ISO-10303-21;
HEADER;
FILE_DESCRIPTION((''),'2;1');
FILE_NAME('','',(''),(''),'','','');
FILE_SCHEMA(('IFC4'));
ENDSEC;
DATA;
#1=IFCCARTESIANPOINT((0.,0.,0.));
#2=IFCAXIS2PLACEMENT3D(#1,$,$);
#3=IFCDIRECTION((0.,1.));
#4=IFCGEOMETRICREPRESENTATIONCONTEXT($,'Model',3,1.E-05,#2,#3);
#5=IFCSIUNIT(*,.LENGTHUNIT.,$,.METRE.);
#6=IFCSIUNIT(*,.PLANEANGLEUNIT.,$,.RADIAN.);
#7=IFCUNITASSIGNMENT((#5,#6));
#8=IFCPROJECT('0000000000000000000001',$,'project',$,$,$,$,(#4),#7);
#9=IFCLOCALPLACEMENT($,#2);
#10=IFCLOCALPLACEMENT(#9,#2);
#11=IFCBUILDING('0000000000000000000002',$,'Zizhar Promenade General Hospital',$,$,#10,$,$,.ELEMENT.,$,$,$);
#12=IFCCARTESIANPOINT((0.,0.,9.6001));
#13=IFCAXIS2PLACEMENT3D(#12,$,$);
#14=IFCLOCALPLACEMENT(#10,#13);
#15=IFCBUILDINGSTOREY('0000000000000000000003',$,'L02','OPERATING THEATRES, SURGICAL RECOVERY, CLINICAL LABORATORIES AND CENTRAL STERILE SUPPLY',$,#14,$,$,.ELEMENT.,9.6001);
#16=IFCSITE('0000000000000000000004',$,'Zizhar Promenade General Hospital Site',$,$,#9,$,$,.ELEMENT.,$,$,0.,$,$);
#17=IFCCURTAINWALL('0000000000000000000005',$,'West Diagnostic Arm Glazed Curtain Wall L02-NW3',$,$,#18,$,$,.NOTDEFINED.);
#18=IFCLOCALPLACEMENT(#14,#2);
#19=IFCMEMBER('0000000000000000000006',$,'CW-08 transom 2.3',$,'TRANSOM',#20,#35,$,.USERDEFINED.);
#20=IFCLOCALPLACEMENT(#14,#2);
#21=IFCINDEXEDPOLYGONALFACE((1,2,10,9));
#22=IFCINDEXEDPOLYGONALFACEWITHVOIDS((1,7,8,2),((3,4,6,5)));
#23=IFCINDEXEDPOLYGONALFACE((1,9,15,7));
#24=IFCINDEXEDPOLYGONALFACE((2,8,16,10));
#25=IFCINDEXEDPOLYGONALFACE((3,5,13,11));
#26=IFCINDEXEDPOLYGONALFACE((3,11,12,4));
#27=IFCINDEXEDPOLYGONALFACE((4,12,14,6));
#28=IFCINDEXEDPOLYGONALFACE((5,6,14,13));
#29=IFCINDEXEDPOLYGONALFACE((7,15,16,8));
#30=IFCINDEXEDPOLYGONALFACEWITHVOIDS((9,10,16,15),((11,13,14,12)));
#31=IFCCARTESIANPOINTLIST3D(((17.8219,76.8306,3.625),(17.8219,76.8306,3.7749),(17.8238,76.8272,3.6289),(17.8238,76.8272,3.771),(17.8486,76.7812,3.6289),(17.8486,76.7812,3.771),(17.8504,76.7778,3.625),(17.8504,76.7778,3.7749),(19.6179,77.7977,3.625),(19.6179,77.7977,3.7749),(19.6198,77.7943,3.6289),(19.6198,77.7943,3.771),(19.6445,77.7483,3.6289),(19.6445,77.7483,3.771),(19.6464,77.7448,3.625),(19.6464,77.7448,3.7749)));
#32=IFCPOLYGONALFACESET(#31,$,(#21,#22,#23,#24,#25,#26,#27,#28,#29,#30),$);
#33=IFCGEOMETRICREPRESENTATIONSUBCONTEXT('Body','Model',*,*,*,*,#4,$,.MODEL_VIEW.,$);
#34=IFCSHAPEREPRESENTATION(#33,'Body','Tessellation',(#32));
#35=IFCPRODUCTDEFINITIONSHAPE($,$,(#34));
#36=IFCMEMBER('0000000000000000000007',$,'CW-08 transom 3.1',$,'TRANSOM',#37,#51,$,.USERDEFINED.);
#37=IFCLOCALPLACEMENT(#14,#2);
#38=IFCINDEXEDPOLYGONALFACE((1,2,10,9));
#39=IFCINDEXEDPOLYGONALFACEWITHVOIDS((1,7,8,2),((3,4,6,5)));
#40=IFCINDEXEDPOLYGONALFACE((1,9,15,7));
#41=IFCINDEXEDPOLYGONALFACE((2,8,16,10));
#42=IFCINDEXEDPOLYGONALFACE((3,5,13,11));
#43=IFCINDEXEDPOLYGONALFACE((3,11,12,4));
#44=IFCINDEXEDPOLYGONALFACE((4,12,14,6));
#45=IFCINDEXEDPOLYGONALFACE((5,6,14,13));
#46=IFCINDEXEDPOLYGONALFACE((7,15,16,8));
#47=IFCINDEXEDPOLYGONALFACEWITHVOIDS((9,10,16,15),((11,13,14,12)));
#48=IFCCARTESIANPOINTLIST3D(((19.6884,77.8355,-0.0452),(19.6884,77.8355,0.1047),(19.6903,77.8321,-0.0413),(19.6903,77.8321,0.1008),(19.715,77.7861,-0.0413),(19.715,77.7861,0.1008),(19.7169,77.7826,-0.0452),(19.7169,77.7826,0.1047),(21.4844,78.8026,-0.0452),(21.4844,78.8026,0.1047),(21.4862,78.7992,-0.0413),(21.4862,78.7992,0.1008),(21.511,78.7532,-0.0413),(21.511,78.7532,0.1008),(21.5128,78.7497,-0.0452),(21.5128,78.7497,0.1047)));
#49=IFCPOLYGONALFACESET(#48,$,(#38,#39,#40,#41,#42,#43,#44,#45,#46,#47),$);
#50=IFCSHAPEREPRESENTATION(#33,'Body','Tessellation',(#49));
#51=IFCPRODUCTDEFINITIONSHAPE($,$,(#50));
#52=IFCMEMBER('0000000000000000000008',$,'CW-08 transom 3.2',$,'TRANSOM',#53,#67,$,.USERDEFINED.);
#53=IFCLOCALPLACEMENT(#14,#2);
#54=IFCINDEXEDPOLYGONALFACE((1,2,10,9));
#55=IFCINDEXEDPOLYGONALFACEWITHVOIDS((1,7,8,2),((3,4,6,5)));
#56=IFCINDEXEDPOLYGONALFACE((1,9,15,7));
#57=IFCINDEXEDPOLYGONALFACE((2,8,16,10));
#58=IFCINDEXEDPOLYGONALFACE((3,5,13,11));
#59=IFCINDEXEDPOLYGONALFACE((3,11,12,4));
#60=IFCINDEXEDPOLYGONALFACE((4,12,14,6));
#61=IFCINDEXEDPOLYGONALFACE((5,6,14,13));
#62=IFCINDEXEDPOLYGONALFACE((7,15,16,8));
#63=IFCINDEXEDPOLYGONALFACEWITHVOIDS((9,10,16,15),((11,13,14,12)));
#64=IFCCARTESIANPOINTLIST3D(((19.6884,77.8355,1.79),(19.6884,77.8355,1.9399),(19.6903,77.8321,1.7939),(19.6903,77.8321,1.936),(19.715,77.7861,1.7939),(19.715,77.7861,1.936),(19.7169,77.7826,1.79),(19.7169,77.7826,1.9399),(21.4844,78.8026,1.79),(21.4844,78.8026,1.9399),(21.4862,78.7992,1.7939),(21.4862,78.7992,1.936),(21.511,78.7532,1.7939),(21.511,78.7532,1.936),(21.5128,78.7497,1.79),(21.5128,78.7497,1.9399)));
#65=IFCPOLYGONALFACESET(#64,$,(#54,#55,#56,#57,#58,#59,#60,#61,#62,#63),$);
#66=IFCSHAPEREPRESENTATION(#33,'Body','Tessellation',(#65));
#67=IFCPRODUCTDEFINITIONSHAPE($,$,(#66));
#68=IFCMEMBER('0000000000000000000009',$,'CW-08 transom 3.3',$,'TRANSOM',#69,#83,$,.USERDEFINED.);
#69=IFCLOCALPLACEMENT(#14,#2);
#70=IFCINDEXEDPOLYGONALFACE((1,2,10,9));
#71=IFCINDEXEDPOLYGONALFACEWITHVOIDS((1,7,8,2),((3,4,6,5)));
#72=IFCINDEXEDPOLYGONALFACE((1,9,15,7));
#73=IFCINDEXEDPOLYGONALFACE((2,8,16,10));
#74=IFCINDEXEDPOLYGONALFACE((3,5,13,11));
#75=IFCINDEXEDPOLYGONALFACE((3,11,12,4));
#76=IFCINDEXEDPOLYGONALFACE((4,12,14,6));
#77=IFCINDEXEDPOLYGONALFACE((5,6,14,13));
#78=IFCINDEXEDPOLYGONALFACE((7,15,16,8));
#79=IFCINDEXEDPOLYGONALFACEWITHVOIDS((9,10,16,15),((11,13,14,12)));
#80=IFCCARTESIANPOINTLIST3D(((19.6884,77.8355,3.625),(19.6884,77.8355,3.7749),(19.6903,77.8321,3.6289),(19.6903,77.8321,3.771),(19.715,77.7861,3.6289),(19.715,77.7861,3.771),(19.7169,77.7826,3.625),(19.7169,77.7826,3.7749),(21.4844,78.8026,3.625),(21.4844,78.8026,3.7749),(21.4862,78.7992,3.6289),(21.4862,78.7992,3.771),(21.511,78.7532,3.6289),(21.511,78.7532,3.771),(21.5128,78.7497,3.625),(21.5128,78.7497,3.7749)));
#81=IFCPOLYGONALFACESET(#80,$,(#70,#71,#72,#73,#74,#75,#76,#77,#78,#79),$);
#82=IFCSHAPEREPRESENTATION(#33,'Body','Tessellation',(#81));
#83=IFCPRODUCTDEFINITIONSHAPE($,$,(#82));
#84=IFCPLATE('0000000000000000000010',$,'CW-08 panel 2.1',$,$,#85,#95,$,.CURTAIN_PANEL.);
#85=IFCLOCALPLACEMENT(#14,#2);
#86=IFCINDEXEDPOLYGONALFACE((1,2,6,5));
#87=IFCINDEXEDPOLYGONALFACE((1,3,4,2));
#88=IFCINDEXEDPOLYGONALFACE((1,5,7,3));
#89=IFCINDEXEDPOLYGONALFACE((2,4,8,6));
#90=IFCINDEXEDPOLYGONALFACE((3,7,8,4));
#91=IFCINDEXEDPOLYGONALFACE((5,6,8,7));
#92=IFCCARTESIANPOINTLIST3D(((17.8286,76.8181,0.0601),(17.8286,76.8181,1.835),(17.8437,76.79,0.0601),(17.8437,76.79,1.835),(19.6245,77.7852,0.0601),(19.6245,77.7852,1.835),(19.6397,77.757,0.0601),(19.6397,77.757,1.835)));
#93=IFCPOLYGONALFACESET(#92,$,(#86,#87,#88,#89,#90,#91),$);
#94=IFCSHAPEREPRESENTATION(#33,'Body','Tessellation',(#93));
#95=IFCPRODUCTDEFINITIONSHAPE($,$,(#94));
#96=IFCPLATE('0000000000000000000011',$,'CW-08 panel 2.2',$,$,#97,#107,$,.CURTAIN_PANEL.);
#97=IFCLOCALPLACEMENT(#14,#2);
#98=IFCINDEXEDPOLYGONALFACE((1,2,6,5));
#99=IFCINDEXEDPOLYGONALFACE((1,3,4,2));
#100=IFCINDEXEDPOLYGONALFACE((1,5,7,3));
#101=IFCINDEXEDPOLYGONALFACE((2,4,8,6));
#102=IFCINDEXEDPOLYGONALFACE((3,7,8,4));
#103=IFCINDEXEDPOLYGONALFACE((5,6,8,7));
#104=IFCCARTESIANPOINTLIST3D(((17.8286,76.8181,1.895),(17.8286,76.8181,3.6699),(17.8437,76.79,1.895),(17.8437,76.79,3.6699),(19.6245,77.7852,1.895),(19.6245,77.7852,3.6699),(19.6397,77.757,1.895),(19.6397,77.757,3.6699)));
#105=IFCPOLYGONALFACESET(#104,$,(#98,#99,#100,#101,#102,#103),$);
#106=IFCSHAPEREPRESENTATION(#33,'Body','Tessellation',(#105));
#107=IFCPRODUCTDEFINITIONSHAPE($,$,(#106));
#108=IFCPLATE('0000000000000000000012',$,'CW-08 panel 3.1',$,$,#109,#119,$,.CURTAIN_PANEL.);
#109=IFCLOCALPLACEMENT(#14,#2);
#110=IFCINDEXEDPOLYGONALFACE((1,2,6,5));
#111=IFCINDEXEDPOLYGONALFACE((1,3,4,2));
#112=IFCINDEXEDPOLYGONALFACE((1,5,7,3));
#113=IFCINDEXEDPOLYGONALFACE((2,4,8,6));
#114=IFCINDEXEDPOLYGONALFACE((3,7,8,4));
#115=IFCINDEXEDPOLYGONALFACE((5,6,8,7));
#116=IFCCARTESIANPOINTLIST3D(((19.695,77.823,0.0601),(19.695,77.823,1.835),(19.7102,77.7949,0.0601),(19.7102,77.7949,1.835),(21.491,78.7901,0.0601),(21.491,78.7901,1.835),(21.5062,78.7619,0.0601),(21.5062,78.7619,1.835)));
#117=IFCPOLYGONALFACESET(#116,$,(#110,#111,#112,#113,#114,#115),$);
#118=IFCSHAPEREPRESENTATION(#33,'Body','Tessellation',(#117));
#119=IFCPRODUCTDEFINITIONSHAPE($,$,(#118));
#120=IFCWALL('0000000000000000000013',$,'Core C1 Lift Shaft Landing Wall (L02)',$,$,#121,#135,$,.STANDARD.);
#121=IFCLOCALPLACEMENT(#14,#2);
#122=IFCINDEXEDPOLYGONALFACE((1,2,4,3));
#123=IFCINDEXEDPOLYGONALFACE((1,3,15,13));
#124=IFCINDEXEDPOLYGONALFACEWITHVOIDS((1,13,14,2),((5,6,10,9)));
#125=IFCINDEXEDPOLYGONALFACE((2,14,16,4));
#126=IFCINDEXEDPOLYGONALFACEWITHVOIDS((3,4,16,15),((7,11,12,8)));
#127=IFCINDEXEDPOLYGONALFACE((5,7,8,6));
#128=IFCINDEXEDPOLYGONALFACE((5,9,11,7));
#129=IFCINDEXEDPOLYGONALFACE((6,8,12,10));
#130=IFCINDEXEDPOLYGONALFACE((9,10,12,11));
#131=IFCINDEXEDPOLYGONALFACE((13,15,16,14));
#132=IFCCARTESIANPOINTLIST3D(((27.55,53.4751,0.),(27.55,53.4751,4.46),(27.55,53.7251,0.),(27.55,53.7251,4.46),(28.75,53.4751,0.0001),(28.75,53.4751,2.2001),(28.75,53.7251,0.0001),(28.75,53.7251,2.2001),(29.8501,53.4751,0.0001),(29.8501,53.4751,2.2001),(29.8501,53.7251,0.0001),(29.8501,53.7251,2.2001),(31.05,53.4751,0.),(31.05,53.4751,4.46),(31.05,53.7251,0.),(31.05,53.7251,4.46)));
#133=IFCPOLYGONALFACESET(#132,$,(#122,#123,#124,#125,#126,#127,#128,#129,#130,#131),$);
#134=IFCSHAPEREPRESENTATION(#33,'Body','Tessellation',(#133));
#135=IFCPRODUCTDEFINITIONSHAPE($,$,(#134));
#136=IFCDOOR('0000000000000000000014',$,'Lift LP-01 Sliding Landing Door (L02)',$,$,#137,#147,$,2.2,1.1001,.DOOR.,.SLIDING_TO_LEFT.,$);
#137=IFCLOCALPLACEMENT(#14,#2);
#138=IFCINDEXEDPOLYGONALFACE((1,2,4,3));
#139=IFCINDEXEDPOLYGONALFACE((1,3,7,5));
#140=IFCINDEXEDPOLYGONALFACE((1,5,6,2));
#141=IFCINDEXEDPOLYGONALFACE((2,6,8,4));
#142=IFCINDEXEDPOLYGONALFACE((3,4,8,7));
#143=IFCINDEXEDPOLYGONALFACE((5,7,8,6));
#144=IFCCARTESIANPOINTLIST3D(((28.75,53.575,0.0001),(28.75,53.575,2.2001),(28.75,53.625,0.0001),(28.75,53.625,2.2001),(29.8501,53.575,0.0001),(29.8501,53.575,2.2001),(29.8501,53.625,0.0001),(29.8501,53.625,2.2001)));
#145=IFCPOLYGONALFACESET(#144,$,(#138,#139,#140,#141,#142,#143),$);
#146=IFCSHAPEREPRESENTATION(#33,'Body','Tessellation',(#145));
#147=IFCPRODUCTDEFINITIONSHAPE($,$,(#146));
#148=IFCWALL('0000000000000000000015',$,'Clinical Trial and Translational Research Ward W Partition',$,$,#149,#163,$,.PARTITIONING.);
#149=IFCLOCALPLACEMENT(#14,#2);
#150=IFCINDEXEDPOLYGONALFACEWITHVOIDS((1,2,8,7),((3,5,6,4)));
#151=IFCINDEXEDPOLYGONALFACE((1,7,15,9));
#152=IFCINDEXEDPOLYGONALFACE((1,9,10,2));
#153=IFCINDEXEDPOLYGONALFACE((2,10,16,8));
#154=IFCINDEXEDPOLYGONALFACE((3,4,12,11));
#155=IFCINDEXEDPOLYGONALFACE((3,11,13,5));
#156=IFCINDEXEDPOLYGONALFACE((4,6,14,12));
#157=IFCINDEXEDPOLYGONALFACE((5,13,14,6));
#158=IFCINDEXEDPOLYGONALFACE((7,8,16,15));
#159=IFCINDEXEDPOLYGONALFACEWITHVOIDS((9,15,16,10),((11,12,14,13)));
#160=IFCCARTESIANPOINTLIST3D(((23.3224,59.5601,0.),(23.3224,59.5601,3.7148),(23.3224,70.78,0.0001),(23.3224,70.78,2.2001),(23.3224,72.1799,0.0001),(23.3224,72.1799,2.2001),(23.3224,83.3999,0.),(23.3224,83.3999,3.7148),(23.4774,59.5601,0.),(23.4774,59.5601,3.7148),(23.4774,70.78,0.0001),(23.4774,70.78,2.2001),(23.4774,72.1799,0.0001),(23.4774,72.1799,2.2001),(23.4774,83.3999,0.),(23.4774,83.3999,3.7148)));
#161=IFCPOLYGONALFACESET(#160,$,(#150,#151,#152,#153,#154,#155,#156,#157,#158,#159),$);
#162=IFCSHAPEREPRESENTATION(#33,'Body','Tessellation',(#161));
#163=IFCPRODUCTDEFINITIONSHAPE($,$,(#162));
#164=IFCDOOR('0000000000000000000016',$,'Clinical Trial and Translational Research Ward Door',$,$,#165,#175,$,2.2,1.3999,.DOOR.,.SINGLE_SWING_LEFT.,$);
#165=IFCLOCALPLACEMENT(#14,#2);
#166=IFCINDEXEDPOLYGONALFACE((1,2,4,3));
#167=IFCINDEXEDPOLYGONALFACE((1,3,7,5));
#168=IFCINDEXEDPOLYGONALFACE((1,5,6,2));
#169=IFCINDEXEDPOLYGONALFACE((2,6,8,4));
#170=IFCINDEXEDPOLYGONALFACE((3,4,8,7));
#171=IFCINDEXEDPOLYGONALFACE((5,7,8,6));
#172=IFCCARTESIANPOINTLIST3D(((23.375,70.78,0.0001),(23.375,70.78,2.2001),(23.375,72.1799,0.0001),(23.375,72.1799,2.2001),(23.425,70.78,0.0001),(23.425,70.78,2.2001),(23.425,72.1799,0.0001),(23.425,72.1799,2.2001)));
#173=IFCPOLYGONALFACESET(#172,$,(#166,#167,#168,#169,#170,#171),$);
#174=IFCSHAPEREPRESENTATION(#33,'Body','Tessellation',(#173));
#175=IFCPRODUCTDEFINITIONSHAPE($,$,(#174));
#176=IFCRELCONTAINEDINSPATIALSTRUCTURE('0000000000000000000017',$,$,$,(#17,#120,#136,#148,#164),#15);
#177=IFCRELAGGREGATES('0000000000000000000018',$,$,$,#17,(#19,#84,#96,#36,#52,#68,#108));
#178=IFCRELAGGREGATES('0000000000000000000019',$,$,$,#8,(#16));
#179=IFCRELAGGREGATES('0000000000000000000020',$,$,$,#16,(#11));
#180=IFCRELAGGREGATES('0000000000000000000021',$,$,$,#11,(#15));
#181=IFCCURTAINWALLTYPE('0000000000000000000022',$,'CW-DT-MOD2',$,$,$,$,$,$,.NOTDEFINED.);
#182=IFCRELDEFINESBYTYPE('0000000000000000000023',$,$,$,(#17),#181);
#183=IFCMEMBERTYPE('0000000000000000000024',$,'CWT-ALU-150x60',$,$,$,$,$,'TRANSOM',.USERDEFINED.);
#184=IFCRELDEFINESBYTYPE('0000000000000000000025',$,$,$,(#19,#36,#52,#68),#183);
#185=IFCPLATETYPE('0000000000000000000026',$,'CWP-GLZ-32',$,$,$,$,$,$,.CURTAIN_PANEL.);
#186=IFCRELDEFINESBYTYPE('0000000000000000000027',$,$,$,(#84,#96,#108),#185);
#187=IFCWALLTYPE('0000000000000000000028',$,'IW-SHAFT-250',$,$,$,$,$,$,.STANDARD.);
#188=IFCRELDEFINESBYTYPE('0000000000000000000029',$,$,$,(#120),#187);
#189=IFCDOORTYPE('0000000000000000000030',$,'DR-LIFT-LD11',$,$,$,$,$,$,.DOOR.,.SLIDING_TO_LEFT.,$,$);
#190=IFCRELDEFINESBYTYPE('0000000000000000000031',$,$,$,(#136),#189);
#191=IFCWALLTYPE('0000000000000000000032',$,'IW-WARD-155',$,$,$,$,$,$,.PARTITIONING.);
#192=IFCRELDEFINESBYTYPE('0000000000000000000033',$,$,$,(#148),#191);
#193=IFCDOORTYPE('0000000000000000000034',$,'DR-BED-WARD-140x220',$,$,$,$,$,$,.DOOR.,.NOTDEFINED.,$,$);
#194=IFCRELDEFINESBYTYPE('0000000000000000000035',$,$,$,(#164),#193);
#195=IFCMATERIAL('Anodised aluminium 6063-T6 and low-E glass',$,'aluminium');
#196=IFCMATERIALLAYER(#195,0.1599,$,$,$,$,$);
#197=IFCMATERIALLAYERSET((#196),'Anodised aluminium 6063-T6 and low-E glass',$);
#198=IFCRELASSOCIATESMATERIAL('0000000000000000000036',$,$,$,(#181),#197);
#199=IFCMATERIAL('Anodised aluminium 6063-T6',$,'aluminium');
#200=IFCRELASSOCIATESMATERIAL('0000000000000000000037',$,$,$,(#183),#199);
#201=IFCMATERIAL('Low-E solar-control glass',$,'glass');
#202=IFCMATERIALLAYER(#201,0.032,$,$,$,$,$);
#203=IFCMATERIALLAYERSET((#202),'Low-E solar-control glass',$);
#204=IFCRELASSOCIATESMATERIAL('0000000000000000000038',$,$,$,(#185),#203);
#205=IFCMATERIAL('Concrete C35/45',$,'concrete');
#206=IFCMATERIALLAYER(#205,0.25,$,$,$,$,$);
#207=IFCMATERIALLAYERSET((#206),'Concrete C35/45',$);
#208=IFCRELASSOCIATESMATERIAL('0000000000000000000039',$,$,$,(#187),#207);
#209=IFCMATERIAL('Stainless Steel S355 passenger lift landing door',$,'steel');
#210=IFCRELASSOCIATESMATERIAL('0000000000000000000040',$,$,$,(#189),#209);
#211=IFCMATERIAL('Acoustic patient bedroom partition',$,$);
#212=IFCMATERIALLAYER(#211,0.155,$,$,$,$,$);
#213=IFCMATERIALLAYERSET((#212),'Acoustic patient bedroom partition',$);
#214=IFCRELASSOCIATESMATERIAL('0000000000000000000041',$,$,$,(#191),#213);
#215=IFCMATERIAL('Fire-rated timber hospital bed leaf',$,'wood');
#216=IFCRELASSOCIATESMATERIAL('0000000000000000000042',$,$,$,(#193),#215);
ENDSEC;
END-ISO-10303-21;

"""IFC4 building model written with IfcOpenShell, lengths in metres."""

from ifc_helpers import new_model, si_unit, direction, frame, frame_2d, origin, origin_2d, place, context, subcontext, project, spatial, rectangle, hollow_rectangle, extrude, material, layer, layer_set, material_profile, profile_set, type_object, element, fill, aggregate, save


model = new_model("IFC4")

# Units and contexts
model_context = context("Model", 3, precision=1e-05, world=origin(), true_north=direction((0.0, 1.0)))
body_context = subcontext(model_context, "Body", "Model", "MODEL_VIEW")
ifc_project = project(units=[si_unit("LENGTHUNIT", "METRE"), si_unit("PLANEANGLEUNIT", "RADIAN")], contexts=[model_context])

# Site, building, storey
site_placement = place(None, origin())
site = spatial("IfcSite", under=ifc_project, at=site_placement, Name="Zizhar Promenade General Hospital Site", CompositionType="ELEMENT", RefElevation=0.0)
building_placement = place(site_placement, origin())
building = spatial("IfcBuilding", under=site, at=building_placement, Name="Zizhar Promenade General Hospital", CompositionType="ELEMENT")
storey_placement = place(building_placement, frame((0.0, 0.0, 9.6001)))
storey = spatial("IfcBuildingStorey", under=building, at=storey_placement, Name="L02", Description="OPERATING THEATRES, SURGICAL RECOVERY, CLINICAL LABORATORIES AND CENTRAL STERILE SUPPLY", CompositionType="ELEMENT", Elevation=9.6001)

# Curtain wall, members, plates
ifc_material_1 = material(Name="Anodised aluminium 6063-T6 and low-E glass", Category="aluminium")
ifc_layer_1 = layer(ifc_material_1, 0.1599)
ifc_layer_set_1 = layer_set([ifc_layer_1], Name="Anodised aluminium 6063-T6 and low-E glass")
curtain_wall_type = type_object("IfcCurtainWallType", Name="CW-DT-MOD2", PredefinedType="NOTDEFINED", material=ifc_layer_set_1)
curtain_wall_placement = place(storey_placement, origin())
curtain_wall = element("IfcCurtainWall", 1, at=curtain_wall_placement, inside=storey, type_object=curtain_wall_type, Name="West Diagnostic Arm Glazed Curtain Wall L02-NW3", PredefinedType="NOTDEFINED")
ifc_material_2 = material(Name="Anodised aluminium 6063-T6", Category="aluminium")
ifc_material_profile_1 = material_profile(ifc_material_2, hollow_rectangle(XDim=0.0601, YDim=0.1499, WallThickness=0.0039, at=origin_2d()))
ifc_profile_set_1 = profile_set([ifc_material_profile_1], Name="Anodised aluminium 6063-T6")
member_type_1 = type_object("IfcMemberType", Name="CWT-ALU-150x60", ElementType="TRANSOM", PredefinedType="USERDEFINED", material=ifc_profile_set_1)
member_1_placement = place(storey_placement, frame((17.8362, 76.8042, 3.7), z_axis=(0.880467, 0.474107, 0.0), x_axis=(-0.474107, 0.880467, 0.0)))
member_1 = element("IfcMember", 2, at=member_1_placement, type_object=member_type_1, Name="CW-08 transom 2.3", ObjectType="TRANSOM", PredefinedType="USERDEFINED", context=body_context, shape_type="SweptSolid", body=[
    extrude(hollow_rectangle(XDim=0.0601, YDim=0.1499, WallThickness=0.0039, at=origin_2d()), origin(), (0.0, 0.0, 1.0), 2.0398),
])
member_2_placement = place(storey_placement, frame((19.7026, 77.8091, 0.0298), z_axis=(0.880467, 0.474107, 0.0), x_axis=(-0.474107, 0.880467, 0.0)))
member_2 = element("IfcMember", 3, at=member_2_placement, type_object=member_type_1, Name="CW-08 transom 3.1", ObjectType="TRANSOM", PredefinedType="USERDEFINED", context=body_context, shape_type="SweptSolid", body=[
    extrude(hollow_rectangle(XDim=0.0601, YDim=0.1499, WallThickness=0.0039, at=origin_2d()), origin(), (0.0, 0.0, 1.0), 2.0398),
])
member_3_placement = place(storey_placement, frame((19.7026, 77.8091, 1.865), z_axis=(0.880467, 0.474107, 0.0), x_axis=(-0.474107, 0.880467, 0.0)))
member_3 = element("IfcMember", 4, at=member_3_placement, type_object=member_type_1, Name="CW-08 transom 3.2", ObjectType="TRANSOM", PredefinedType="USERDEFINED", context=body_context, shape_type="SweptSolid", body=[
    extrude(hollow_rectangle(XDim=0.0601, YDim=0.1499, WallThickness=0.0039, at=origin_2d()), origin(), (0.0, 0.0, 1.0), 2.0398),
])
member_4_placement = place(storey_placement, frame((19.7026, 77.8091, 3.7), z_axis=(0.880467, 0.474107, 0.0), x_axis=(-0.474107, 0.880467, 0.0)))
member_4 = element("IfcMember", 5, at=member_4_placement, type_object=member_type_1, Name="CW-08 transom 3.3", ObjectType="TRANSOM", PredefinedType="USERDEFINED", context=body_context, shape_type="SweptSolid", body=[
    extrude(hollow_rectangle(XDim=0.0601, YDim=0.1499, WallThickness=0.0039, at=origin_2d()), origin(), (0.0, 0.0, 1.0), 2.0398),
])
ifc_material_3 = material(Name="Low-E solar-control glass", Category="glass")
ifc_layer_2 = layer(ifc_material_3, 0.032)
ifc_layer_set_2 = layer_set([ifc_layer_2], Name="Low-E solar-control glass")
plate_type = type_object("IfcPlateType", Name="CWP-GLZ-32", PredefinedType="CURTAIN_PANEL", material=ifc_layer_set_2)
plate_1_placement = place(storey_placement, frame((18.7341, 77.2876, 0.0601), z_axis=(0.0, 0.0, 1.0), x_axis=(0.880473, 0.474097, 0.0)))
plate_1 = element("IfcPlate", 6, at=plate_1_placement, type_object=plate_type, Name="CW-08 panel 2.1", PredefinedType="CURTAIN_PANEL", context=body_context, shape_type="SweptSolid", body=[
    extrude(rectangle(XDim=2.0398, YDim=0.032, at=origin_2d()), origin(), (0.0, 0.0, 1.0), 1.7749),
])
plate_2_placement = place(storey_placement, frame((18.7341, 77.2876, 1.895), z_axis=(0.0, 0.0, 1.0), x_axis=(0.880473, 0.474097, 0.0)))
plate_2 = element("IfcPlate", 7, at=plate_2_placement, type_object=plate_type, Name="CW-08 panel 2.2", PredefinedType="CURTAIN_PANEL", context=body_context, shape_type="SweptSolid", body=[
    extrude(rectangle(XDim=2.0398, YDim=0.032, at=origin_2d()), origin(), (0.0, 0.0, 1.0), 1.7749),
])
plate_3_placement = place(storey_placement, frame((20.6006, 78.2925, 0.0601), z_axis=(0.0, 0.0, 1.0), x_axis=(0.880473, 0.474097, 0.0)))
plate_3 = element("IfcPlate", 8, at=plate_3_placement, type_object=plate_type, Name="CW-08 panel 3.1", PredefinedType="CURTAIN_PANEL", context=body_context, shape_type="SweptSolid", body=[
    extrude(rectangle(XDim=2.0398, YDim=0.032, at=origin_2d()), origin(), (0.0, 0.0, 1.0), 1.7749),
])
aggregate(curtain_wall, [member_1, plate_1, plate_2, member_2, member_3, member_4, plate_3])

# Walls, openings, doors
ifc_material_4 = material(Name="Concrete C35/45", Category="concrete")
ifc_layer_3 = layer(ifc_material_4, 0.25)
ifc_layer_set_3 = layer_set([ifc_layer_3], Name="Concrete C35/45")
wall_type_1 = type_object("IfcWallType", Name="IW-SHAFT-250", PredefinedType="STANDARD", material=ifc_layer_set_3)
wall_1_placement = place(storey_placement, frame((27.55, 53.6001, 0.0), z_axis=(0.0, 0.0, 1.0), x_axis=(1.0, 0.0, 0.0)))
wall_1 = element("IfcWall", 9, at=wall_1_placement, inside=storey, type_object=wall_type_1, Name="Core C1 Lift Shaft Landing Wall (L02)", PredefinedType="STANDARD", context=body_context, shape_type="SweptSolid", body=[
    extrude(rectangle(XDim=3.5, YDim=0.25, at=frame_2d((1.75, 0.0))), origin(), (0.0, 0.0, 1.0), 4.46),
])
opening_1_placement = place(wall_1_placement, frame((1.2, 0.0, 0.0)))
opening_1 = element("IfcOpeningElement", 10, at=opening_1_placement, cuts=wall_1, PredefinedType="OPENING", context=body_context, shape_type="SweptSolid", body=[
    extrude(rectangle(XDim=1.1001, YDim=2.2, at=frame_2d((0.55, 1.1001))), frame((0.0, 0.135, 0.0), z_axis=(0.0, -1.0, 0.0), x_axis=(1.0, 0.0, 0.0)), (0.0, 0.0, 1.0), 0.27),
])
ifc_material_5 = material(Name="Stainless Steel S355 passenger lift landing door", Category="steel")
door_type_1 = type_object("IfcDoorType", Name="DR-LIFT-LD11", OperationType="SLIDING_TO_LEFT", PredefinedType="DOOR", material=ifc_material_5)
door_1_placement = place(opening_1_placement, origin())
door_1 = element("IfcDoor", 11, at=door_1_placement, inside=storey, type_object=door_type_1, Name="Lift LP-01 Sliding Landing Door (L02)", OperationType="SLIDING_TO_LEFT", OverallHeight=2.2, OverallWidth=1.1001, PredefinedType="DOOR", context=body_context, shape_type="SweptSolid", body=[
    extrude(rectangle(XDim=1.1001, YDim=2.2, at=frame_2d((0.55, 1.1001))), frame((0.0, 0.0249, 0.0), z_axis=(0.0, -1.0, 0.0), x_axis=(1.0, 0.0, 0.0)), (0.0, 0.0, 1.0), 0.05),
])
fill(opening_1, door_1)
ifc_material_6 = material(Name="Acoustic patient bedroom partition")
ifc_layer_4 = layer(ifc_material_6, 0.155)
ifc_layer_set_4 = layer_set([ifc_layer_4], Name="Acoustic patient bedroom partition")
wall_type_2 = type_object("IfcWallType", Name="IW-WARD-155", PredefinedType="PARTITIONING", material=ifc_layer_set_4)
wall_2_placement = place(storey_placement, frame((23.3999, 59.5601, 0.0), z_axis=(0.0, 0.0, 1.0), x_axis=(0.0, 1.0, 0.0)))
wall_2 = element("IfcWall", 12, at=wall_2_placement, inside=storey, type_object=wall_type_2, Name="Clinical Trial and Translational Research Ward W Partition", PredefinedType="PARTITIONING", context=body_context, shape_type="SweptSolid", body=[
    extrude(rectangle(XDim=23.8398, YDim=0.155, at=frame_2d((11.9199, 0.0))), origin(), (0.0, 0.0, 1.0), 3.7148),
])
opening_2_placement = place(wall_2_placement, frame((11.22, 0.0, 0.0)))
opening_2 = element("IfcOpeningElement", 13, at=opening_2_placement, cuts=wall_2, PredefinedType="OPENING", context=body_context, shape_type="SweptSolid", body=[
    extrude(rectangle(XDim=1.3999, YDim=2.2, at=frame_2d((0.7, 1.1001))), frame((0.0, 0.0874, 0.0), z_axis=(0.0, -1.0, 0.0), x_axis=(1.0, 0.0, 0.0)), (0.0, 0.0, 1.0), 0.175),
])
ifc_material_7 = material(Name="Fire-rated timber hospital bed leaf", Category="wood")
door_type_2 = type_object("IfcDoorType", Name="DR-BED-WARD-140x220", OperationType="NOTDEFINED", PredefinedType="DOOR", material=ifc_material_7)
door_2_placement = place(opening_2_placement, origin())
door_2 = element("IfcDoor", 14, at=door_2_placement, inside=storey, type_object=door_type_2, Name="Clinical Trial and Translational Research Ward Door", OperationType="SINGLE_SWING_LEFT", OverallHeight=2.2, OverallWidth=1.3999, PredefinedType="DOOR", context=body_context, shape_type="SweptSolid", body=[
    extrude(rectangle(XDim=1.3999, YDim=2.2, at=frame_2d((0.7, 1.1001))), frame((0.0, 0.0249, 0.0), z_axis=(0.0, -1.0, 0.0), x_axis=(1.0, 0.0, 0.0)), (0.0, 0.0, 1.0), 0.05),
])
fill(opening_2, door_2)

save(model, "model.ifc")
